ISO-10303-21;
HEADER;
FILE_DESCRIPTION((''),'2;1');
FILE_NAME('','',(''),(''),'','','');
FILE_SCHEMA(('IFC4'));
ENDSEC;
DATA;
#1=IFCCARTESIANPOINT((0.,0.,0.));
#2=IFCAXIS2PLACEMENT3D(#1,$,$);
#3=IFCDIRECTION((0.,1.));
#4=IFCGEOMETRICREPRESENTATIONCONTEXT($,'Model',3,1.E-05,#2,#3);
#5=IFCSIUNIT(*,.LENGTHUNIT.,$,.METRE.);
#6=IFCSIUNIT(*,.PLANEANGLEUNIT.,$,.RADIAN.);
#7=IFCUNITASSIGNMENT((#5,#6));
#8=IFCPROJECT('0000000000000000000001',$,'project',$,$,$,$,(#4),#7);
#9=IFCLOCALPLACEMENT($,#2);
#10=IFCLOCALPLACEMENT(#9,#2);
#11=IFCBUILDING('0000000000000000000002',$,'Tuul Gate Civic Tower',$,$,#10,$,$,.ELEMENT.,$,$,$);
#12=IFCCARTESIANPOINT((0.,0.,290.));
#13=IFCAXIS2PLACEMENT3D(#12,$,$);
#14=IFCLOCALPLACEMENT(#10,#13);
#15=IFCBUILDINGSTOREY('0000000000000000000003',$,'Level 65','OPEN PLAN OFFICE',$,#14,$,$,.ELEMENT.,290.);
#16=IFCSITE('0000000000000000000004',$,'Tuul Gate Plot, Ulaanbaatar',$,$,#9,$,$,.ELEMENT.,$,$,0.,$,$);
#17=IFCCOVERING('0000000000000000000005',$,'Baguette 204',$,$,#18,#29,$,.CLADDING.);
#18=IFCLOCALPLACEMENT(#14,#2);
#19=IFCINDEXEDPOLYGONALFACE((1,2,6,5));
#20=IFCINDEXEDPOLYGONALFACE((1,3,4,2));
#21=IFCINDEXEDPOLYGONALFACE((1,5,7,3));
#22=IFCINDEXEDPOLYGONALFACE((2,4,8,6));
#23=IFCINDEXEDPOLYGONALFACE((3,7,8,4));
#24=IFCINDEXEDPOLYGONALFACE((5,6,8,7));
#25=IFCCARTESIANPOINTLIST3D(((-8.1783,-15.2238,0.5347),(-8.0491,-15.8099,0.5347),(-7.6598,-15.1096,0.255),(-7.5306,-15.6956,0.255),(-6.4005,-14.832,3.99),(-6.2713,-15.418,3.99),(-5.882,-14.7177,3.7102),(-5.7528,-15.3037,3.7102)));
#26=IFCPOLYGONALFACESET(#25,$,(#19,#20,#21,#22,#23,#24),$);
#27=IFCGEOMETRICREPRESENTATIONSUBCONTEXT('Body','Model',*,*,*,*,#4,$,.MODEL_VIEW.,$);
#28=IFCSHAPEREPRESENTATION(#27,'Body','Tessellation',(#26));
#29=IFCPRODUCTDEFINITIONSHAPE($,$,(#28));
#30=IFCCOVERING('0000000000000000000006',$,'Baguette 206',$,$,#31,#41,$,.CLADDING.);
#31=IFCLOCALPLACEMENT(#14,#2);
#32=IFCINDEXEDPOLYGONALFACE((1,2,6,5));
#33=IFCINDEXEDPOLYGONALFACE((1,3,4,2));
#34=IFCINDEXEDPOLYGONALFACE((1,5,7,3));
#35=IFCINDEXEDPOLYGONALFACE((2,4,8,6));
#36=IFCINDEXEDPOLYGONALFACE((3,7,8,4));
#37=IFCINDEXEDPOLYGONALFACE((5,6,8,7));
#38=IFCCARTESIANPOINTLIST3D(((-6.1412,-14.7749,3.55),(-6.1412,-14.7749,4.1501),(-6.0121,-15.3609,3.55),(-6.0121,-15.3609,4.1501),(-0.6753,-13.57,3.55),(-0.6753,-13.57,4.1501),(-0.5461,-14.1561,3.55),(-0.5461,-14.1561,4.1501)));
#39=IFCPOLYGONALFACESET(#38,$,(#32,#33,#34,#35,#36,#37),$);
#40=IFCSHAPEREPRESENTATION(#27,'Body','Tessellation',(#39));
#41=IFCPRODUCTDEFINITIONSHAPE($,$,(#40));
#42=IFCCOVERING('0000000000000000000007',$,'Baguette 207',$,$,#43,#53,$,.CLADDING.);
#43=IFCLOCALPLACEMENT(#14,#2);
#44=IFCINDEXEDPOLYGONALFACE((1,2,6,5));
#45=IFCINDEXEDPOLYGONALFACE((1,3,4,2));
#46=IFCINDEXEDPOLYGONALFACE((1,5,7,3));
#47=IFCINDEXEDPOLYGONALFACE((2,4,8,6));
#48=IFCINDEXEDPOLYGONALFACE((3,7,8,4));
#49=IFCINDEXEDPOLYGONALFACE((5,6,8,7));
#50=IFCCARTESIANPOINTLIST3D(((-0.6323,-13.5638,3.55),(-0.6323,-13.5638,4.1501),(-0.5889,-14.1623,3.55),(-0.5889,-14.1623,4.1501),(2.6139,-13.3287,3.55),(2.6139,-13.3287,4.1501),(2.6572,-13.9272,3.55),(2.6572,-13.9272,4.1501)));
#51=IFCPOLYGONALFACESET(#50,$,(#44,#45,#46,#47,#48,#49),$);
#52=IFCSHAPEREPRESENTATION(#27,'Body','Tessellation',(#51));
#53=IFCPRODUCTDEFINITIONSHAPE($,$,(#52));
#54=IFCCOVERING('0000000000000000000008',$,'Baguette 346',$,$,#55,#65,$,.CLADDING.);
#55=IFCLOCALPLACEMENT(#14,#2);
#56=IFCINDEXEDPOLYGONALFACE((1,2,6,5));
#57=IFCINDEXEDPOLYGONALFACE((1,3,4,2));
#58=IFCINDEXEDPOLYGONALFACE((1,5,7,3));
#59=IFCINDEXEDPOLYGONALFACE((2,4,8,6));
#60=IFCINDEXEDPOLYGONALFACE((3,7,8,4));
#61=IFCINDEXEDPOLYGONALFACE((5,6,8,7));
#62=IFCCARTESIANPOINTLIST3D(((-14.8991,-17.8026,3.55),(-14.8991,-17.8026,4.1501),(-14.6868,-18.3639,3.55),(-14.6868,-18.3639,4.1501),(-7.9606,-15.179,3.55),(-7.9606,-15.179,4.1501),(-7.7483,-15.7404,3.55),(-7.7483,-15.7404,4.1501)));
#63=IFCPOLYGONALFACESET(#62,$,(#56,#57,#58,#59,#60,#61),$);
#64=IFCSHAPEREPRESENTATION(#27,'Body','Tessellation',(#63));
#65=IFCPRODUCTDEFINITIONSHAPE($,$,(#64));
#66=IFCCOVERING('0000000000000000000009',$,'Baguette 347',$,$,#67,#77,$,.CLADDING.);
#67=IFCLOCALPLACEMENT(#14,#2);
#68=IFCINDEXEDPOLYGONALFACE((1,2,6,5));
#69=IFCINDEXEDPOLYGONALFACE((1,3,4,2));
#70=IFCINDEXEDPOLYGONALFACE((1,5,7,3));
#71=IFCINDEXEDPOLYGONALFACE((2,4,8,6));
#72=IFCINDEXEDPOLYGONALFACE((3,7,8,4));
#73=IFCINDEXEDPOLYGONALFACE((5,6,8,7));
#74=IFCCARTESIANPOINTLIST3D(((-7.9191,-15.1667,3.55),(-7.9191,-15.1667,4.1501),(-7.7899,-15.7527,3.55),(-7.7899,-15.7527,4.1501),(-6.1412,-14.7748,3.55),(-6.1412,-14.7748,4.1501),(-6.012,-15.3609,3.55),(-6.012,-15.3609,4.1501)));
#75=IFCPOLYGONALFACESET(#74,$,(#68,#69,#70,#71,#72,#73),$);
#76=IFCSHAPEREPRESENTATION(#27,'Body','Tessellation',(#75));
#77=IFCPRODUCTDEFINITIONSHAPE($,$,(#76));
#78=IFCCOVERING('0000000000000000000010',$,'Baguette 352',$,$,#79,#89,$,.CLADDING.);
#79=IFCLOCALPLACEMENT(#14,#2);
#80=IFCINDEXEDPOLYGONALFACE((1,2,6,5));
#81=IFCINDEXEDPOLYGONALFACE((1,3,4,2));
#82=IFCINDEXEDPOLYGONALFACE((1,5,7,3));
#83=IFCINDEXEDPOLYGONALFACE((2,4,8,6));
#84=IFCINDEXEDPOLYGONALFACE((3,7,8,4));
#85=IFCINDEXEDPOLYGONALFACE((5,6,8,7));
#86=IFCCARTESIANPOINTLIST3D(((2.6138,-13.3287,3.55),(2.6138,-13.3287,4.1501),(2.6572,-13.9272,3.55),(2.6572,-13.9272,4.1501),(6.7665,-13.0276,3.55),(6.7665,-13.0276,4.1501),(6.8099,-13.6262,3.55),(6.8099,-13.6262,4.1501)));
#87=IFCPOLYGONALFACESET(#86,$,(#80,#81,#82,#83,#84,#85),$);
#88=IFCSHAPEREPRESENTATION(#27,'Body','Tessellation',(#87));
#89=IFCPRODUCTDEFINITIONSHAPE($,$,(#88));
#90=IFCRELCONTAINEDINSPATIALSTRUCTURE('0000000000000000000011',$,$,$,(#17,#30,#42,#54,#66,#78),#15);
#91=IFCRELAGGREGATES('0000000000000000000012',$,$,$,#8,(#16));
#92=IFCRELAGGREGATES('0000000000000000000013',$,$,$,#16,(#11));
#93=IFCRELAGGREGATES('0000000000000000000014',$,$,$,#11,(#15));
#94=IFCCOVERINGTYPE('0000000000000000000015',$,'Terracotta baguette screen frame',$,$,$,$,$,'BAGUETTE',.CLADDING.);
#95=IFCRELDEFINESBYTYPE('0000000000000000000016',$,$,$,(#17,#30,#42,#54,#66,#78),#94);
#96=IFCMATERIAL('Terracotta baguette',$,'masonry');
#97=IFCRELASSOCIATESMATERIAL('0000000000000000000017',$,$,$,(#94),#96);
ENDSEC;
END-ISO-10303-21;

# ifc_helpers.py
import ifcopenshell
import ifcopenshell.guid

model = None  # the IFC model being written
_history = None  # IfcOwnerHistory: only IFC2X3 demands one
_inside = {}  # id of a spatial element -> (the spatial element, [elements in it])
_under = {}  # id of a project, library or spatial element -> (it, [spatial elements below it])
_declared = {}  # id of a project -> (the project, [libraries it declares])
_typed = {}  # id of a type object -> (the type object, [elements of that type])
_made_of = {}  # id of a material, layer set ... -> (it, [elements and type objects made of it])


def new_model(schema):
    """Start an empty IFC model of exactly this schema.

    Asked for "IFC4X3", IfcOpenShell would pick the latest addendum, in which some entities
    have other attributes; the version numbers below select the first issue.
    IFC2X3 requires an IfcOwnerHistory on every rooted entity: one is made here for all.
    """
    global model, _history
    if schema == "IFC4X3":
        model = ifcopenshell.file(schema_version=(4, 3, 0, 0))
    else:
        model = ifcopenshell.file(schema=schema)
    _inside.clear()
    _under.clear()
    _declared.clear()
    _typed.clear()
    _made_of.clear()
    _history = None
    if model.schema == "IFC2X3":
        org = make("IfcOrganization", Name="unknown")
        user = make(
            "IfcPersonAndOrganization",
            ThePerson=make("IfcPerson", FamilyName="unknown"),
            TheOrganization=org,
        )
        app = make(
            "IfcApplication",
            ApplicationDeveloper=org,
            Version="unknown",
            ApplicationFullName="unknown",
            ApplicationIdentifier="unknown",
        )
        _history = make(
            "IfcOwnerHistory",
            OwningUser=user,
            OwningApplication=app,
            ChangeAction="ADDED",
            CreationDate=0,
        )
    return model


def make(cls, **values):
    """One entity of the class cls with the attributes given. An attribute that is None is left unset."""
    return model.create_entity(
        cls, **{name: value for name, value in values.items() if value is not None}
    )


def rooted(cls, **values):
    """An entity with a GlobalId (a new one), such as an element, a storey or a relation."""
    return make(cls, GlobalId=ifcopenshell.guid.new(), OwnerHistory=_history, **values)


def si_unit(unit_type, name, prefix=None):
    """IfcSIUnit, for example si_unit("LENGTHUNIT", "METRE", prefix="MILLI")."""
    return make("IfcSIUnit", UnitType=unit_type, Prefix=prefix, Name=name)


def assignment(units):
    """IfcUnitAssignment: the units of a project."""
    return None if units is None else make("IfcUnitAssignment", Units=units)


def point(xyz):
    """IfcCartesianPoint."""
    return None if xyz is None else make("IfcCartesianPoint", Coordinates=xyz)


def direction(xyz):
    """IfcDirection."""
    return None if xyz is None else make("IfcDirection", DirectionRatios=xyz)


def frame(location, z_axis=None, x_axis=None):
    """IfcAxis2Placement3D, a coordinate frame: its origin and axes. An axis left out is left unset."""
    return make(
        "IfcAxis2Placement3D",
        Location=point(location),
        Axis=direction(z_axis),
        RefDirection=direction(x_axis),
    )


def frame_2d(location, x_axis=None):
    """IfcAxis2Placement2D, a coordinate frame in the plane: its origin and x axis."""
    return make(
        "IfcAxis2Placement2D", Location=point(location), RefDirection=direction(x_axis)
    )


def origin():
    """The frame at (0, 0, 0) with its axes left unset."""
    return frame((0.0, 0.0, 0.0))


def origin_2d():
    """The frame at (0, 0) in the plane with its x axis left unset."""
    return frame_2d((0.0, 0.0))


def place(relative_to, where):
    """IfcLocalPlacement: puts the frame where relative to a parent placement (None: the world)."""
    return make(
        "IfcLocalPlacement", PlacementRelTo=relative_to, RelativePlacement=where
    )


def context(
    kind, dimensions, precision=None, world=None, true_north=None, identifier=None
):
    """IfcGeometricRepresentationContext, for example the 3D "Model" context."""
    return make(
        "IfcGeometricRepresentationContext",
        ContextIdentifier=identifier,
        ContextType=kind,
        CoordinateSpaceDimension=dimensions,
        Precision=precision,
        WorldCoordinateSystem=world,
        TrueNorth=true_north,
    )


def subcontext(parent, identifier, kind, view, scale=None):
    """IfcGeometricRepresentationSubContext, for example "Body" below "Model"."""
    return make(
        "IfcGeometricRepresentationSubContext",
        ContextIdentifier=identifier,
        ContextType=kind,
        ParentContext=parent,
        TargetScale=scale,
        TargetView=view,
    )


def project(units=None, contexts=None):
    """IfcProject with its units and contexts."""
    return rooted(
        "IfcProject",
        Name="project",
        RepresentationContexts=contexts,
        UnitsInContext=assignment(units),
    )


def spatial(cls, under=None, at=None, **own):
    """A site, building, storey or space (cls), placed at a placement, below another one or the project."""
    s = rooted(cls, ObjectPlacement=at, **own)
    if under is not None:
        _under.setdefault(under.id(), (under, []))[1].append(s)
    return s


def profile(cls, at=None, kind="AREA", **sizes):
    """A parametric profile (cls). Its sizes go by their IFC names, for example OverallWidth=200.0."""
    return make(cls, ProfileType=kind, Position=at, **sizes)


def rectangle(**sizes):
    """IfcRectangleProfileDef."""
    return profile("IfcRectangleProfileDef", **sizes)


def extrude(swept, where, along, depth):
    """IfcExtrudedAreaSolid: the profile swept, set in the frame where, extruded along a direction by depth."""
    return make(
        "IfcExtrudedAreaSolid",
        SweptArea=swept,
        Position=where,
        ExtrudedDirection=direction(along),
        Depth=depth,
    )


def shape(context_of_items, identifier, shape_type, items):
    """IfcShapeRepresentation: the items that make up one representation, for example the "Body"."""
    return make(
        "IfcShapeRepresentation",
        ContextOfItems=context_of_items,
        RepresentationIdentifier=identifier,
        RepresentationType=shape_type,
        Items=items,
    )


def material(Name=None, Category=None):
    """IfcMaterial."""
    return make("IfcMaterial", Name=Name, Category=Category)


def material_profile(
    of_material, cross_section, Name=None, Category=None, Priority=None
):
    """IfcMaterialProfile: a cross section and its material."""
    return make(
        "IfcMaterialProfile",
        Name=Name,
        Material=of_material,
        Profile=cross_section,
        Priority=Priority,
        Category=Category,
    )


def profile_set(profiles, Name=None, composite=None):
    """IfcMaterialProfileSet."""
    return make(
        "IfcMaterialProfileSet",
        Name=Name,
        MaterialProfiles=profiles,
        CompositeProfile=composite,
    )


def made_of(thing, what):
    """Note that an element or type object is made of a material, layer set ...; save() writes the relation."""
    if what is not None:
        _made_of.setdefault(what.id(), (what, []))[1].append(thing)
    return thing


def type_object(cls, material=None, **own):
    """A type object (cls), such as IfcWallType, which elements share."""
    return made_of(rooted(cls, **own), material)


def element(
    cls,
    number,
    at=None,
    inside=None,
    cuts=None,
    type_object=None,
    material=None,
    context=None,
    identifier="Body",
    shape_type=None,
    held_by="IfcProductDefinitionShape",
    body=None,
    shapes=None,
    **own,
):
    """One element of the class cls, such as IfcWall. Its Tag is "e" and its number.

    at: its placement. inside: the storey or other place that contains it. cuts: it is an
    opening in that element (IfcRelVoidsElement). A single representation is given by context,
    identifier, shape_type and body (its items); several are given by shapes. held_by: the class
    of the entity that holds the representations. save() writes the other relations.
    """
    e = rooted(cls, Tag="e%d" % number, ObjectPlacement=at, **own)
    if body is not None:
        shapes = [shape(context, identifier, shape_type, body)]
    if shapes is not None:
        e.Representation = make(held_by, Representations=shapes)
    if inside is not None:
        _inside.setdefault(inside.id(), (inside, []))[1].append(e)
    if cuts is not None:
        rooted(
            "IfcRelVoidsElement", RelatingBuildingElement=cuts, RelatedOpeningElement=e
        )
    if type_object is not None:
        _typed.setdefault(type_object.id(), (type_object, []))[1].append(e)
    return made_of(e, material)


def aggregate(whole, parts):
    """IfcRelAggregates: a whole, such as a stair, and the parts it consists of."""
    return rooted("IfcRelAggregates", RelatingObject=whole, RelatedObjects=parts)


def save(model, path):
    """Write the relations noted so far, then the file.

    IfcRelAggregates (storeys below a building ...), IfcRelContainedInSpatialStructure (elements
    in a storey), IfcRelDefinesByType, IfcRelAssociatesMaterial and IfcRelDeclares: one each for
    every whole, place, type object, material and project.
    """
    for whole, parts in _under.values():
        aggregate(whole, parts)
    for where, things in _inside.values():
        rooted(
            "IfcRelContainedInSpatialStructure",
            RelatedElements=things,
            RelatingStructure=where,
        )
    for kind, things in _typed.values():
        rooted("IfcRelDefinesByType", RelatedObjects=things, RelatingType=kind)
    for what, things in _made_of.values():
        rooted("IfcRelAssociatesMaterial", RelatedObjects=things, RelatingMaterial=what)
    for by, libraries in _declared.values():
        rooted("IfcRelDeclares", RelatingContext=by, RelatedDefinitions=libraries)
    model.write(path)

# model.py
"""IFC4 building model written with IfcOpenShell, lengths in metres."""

from ifc_helpers import new_model, si_unit, direction, frame, origin, origin_2d, place, context, subcontext, project, spatial, rectangle, extrude, material, material_profile, profile_set, type_object, element, save


model = new_model("IFC4")

# Units and contexts
model_context = context("Model", 3, precision=1e-05, world=origin(), true_north=direction((0.0, 1.0)))
body_context = subcontext(model_context, "Body", "Model", "MODEL_VIEW")
ifc_project = project(units=[si_unit("LENGTHUNIT", "METRE"), si_unit("PLANEANGLEUNIT", "RADIAN")], contexts=[model_context])

# Site, building, storey
site_placement = place(None, origin())
site = spatial("IfcSite", under=ifc_project, at=site_placement, Name="Tuul Gate Plot, Ulaanbaatar", CompositionType="ELEMENT", RefElevation=0.0)
building_placement = place(site_placement, origin())
building = spatial("IfcBuilding", under=site, at=building_placement, Name="Tuul Gate Civic Tower", CompositionType="ELEMENT")
storey_placement = place(building_placement, frame((0.0, 0.0, 290.0)))
storey = spatial("IfcBuildingStorey", under=building, at=storey_placement, Name="Level 65", Description="OPEN PLAN OFFICE", CompositionType="ELEMENT", Elevation=290.0)

# Coverings
ifc_material_1 = material(Name="Terracotta baguette", Category="masonry")
ifc_material_profile_1 = material_profile(ifc_material_1, rectangle(XDim=0.6001, YDim=0.6001, at=origin_2d()), Name="Terracotta baguette screen frame")
ifc_profile_set_1 = profile_set([ifc_material_profile_1], Name="Terracotta baguette")
covering_type = type_object("IfcCoveringType", Name="Terracotta baguette screen frame", ElementType="BAGUETTE", PredefinedType="CLADDING", material=ifc_profile_set_1)
covering_1_placement = place(storey_placement, frame((-6.0767, -15.0679, 3.8501), z_axis=(-0.455204, -0.10033, -0.884716), x_axis=(0.21524, -0.976561, 0.0)))
element("IfcCovering", 1, at=covering_1_placement, inside=storey, type_object=covering_type, Name="Baguette 204", PredefinedType="CLADDING", context=body_context, shape_type="SweptSolid", body=[
    extrude(rectangle(XDim=0.6001, YDim=0.6001, at=origin_2d()), origin(), (0.0, 0.0, 1.0), 3.9055),
])
covering_2_placement = place(storey_placement, frame((-6.0767, -15.0679, 3.8501), z_axis=(0.976558, 0.215254, 0.0), x_axis=(-0.215254, 0.976558, 0.0)))
element("IfcCovering", 2, at=covering_2_placement, inside=storey, type_object=covering_type, Name="Baguette 206", PredefinedType="CLADDING", context=body_context, shape_type="SweptSolid", body=[
    extrude(rectangle(XDim=0.6001, YDim=0.6001, at=origin_2d()), origin(), (0.0, 0.0, 1.0), 5.5972),
])
covering_3_placement = place(storey_placement, frame((-0.6106, -13.863, 3.8501), z_axis=(0.997387, 0.072239, 0.0), x_axis=(-0.072239, 0.997387, 0.0)))
element("IfcCovering", 3, at=covering_3_placement, inside=storey, type_object=covering_type, Name="Baguette 207", PredefinedType="CLADDING", context=body_context, shape_type="SweptSolid", body=[
    extrude(rectangle(XDim=0.6001, YDim=0.6001, at=origin_2d()), origin(), (0.0, 0.0, 1.0), 3.2546),
])
covering_4_placement = place(storey_placement, frame((-14.793, -18.0833, 3.8501), z_axis=(0.935368, 0.353676, 0.0), x_axis=(-0.353676, 0.935368, 0.0)))
element("IfcCovering", 4, at=covering_4_placement, inside=storey, type_object=covering_type, Name="Baguette 346", PredefinedType="CLADDING", context=body_context, shape_type="SweptSolid", body=[
    extrude(rectangle(XDim=0.6001, YDim=0.6001, at=origin_2d()), origin(), (0.0, 0.0, 1.0), 7.418),
])
covering_5_placement = place(storey_placement, frame((-7.8545, -15.4597, 3.8501), z_axis=(0.976561, 0.21524, 0.0), x_axis=(-0.21524, 0.976561, 0.0)))
element("IfcCovering", 5, at=covering_5_placement, inside=storey, type_object=covering_type, Name="Baguette 347", PredefinedType="CLADDING", context=body_context, shape_type="SweptSolid", body=[
    extrude(rectangle(XDim=0.6001, YDim=0.6001, at=origin_2d()), origin(), (0.0, 0.0, 1.0), 1.8206),
])
covering_6_placement = place(storey_placement, frame((2.6355, -13.6279, 3.8501), z_axis=(0.997383, 0.072301, 0.0), x_axis=(-0.072301, 0.997383, 0.0)))
element("IfcCovering", 6, at=covering_6_placement, inside=storey, type_object=covering_type, Name="Baguette 352", PredefinedType="CLADDING", context=body_context, shape_type="SweptSolid", body=[
    extrude(rectangle(XDim=0.6001, YDim=0.6001, at=origin_2d()), origin(), (0.0, 0.0, 1.0), 4.1636),
])

save(model, "model.ifc")
